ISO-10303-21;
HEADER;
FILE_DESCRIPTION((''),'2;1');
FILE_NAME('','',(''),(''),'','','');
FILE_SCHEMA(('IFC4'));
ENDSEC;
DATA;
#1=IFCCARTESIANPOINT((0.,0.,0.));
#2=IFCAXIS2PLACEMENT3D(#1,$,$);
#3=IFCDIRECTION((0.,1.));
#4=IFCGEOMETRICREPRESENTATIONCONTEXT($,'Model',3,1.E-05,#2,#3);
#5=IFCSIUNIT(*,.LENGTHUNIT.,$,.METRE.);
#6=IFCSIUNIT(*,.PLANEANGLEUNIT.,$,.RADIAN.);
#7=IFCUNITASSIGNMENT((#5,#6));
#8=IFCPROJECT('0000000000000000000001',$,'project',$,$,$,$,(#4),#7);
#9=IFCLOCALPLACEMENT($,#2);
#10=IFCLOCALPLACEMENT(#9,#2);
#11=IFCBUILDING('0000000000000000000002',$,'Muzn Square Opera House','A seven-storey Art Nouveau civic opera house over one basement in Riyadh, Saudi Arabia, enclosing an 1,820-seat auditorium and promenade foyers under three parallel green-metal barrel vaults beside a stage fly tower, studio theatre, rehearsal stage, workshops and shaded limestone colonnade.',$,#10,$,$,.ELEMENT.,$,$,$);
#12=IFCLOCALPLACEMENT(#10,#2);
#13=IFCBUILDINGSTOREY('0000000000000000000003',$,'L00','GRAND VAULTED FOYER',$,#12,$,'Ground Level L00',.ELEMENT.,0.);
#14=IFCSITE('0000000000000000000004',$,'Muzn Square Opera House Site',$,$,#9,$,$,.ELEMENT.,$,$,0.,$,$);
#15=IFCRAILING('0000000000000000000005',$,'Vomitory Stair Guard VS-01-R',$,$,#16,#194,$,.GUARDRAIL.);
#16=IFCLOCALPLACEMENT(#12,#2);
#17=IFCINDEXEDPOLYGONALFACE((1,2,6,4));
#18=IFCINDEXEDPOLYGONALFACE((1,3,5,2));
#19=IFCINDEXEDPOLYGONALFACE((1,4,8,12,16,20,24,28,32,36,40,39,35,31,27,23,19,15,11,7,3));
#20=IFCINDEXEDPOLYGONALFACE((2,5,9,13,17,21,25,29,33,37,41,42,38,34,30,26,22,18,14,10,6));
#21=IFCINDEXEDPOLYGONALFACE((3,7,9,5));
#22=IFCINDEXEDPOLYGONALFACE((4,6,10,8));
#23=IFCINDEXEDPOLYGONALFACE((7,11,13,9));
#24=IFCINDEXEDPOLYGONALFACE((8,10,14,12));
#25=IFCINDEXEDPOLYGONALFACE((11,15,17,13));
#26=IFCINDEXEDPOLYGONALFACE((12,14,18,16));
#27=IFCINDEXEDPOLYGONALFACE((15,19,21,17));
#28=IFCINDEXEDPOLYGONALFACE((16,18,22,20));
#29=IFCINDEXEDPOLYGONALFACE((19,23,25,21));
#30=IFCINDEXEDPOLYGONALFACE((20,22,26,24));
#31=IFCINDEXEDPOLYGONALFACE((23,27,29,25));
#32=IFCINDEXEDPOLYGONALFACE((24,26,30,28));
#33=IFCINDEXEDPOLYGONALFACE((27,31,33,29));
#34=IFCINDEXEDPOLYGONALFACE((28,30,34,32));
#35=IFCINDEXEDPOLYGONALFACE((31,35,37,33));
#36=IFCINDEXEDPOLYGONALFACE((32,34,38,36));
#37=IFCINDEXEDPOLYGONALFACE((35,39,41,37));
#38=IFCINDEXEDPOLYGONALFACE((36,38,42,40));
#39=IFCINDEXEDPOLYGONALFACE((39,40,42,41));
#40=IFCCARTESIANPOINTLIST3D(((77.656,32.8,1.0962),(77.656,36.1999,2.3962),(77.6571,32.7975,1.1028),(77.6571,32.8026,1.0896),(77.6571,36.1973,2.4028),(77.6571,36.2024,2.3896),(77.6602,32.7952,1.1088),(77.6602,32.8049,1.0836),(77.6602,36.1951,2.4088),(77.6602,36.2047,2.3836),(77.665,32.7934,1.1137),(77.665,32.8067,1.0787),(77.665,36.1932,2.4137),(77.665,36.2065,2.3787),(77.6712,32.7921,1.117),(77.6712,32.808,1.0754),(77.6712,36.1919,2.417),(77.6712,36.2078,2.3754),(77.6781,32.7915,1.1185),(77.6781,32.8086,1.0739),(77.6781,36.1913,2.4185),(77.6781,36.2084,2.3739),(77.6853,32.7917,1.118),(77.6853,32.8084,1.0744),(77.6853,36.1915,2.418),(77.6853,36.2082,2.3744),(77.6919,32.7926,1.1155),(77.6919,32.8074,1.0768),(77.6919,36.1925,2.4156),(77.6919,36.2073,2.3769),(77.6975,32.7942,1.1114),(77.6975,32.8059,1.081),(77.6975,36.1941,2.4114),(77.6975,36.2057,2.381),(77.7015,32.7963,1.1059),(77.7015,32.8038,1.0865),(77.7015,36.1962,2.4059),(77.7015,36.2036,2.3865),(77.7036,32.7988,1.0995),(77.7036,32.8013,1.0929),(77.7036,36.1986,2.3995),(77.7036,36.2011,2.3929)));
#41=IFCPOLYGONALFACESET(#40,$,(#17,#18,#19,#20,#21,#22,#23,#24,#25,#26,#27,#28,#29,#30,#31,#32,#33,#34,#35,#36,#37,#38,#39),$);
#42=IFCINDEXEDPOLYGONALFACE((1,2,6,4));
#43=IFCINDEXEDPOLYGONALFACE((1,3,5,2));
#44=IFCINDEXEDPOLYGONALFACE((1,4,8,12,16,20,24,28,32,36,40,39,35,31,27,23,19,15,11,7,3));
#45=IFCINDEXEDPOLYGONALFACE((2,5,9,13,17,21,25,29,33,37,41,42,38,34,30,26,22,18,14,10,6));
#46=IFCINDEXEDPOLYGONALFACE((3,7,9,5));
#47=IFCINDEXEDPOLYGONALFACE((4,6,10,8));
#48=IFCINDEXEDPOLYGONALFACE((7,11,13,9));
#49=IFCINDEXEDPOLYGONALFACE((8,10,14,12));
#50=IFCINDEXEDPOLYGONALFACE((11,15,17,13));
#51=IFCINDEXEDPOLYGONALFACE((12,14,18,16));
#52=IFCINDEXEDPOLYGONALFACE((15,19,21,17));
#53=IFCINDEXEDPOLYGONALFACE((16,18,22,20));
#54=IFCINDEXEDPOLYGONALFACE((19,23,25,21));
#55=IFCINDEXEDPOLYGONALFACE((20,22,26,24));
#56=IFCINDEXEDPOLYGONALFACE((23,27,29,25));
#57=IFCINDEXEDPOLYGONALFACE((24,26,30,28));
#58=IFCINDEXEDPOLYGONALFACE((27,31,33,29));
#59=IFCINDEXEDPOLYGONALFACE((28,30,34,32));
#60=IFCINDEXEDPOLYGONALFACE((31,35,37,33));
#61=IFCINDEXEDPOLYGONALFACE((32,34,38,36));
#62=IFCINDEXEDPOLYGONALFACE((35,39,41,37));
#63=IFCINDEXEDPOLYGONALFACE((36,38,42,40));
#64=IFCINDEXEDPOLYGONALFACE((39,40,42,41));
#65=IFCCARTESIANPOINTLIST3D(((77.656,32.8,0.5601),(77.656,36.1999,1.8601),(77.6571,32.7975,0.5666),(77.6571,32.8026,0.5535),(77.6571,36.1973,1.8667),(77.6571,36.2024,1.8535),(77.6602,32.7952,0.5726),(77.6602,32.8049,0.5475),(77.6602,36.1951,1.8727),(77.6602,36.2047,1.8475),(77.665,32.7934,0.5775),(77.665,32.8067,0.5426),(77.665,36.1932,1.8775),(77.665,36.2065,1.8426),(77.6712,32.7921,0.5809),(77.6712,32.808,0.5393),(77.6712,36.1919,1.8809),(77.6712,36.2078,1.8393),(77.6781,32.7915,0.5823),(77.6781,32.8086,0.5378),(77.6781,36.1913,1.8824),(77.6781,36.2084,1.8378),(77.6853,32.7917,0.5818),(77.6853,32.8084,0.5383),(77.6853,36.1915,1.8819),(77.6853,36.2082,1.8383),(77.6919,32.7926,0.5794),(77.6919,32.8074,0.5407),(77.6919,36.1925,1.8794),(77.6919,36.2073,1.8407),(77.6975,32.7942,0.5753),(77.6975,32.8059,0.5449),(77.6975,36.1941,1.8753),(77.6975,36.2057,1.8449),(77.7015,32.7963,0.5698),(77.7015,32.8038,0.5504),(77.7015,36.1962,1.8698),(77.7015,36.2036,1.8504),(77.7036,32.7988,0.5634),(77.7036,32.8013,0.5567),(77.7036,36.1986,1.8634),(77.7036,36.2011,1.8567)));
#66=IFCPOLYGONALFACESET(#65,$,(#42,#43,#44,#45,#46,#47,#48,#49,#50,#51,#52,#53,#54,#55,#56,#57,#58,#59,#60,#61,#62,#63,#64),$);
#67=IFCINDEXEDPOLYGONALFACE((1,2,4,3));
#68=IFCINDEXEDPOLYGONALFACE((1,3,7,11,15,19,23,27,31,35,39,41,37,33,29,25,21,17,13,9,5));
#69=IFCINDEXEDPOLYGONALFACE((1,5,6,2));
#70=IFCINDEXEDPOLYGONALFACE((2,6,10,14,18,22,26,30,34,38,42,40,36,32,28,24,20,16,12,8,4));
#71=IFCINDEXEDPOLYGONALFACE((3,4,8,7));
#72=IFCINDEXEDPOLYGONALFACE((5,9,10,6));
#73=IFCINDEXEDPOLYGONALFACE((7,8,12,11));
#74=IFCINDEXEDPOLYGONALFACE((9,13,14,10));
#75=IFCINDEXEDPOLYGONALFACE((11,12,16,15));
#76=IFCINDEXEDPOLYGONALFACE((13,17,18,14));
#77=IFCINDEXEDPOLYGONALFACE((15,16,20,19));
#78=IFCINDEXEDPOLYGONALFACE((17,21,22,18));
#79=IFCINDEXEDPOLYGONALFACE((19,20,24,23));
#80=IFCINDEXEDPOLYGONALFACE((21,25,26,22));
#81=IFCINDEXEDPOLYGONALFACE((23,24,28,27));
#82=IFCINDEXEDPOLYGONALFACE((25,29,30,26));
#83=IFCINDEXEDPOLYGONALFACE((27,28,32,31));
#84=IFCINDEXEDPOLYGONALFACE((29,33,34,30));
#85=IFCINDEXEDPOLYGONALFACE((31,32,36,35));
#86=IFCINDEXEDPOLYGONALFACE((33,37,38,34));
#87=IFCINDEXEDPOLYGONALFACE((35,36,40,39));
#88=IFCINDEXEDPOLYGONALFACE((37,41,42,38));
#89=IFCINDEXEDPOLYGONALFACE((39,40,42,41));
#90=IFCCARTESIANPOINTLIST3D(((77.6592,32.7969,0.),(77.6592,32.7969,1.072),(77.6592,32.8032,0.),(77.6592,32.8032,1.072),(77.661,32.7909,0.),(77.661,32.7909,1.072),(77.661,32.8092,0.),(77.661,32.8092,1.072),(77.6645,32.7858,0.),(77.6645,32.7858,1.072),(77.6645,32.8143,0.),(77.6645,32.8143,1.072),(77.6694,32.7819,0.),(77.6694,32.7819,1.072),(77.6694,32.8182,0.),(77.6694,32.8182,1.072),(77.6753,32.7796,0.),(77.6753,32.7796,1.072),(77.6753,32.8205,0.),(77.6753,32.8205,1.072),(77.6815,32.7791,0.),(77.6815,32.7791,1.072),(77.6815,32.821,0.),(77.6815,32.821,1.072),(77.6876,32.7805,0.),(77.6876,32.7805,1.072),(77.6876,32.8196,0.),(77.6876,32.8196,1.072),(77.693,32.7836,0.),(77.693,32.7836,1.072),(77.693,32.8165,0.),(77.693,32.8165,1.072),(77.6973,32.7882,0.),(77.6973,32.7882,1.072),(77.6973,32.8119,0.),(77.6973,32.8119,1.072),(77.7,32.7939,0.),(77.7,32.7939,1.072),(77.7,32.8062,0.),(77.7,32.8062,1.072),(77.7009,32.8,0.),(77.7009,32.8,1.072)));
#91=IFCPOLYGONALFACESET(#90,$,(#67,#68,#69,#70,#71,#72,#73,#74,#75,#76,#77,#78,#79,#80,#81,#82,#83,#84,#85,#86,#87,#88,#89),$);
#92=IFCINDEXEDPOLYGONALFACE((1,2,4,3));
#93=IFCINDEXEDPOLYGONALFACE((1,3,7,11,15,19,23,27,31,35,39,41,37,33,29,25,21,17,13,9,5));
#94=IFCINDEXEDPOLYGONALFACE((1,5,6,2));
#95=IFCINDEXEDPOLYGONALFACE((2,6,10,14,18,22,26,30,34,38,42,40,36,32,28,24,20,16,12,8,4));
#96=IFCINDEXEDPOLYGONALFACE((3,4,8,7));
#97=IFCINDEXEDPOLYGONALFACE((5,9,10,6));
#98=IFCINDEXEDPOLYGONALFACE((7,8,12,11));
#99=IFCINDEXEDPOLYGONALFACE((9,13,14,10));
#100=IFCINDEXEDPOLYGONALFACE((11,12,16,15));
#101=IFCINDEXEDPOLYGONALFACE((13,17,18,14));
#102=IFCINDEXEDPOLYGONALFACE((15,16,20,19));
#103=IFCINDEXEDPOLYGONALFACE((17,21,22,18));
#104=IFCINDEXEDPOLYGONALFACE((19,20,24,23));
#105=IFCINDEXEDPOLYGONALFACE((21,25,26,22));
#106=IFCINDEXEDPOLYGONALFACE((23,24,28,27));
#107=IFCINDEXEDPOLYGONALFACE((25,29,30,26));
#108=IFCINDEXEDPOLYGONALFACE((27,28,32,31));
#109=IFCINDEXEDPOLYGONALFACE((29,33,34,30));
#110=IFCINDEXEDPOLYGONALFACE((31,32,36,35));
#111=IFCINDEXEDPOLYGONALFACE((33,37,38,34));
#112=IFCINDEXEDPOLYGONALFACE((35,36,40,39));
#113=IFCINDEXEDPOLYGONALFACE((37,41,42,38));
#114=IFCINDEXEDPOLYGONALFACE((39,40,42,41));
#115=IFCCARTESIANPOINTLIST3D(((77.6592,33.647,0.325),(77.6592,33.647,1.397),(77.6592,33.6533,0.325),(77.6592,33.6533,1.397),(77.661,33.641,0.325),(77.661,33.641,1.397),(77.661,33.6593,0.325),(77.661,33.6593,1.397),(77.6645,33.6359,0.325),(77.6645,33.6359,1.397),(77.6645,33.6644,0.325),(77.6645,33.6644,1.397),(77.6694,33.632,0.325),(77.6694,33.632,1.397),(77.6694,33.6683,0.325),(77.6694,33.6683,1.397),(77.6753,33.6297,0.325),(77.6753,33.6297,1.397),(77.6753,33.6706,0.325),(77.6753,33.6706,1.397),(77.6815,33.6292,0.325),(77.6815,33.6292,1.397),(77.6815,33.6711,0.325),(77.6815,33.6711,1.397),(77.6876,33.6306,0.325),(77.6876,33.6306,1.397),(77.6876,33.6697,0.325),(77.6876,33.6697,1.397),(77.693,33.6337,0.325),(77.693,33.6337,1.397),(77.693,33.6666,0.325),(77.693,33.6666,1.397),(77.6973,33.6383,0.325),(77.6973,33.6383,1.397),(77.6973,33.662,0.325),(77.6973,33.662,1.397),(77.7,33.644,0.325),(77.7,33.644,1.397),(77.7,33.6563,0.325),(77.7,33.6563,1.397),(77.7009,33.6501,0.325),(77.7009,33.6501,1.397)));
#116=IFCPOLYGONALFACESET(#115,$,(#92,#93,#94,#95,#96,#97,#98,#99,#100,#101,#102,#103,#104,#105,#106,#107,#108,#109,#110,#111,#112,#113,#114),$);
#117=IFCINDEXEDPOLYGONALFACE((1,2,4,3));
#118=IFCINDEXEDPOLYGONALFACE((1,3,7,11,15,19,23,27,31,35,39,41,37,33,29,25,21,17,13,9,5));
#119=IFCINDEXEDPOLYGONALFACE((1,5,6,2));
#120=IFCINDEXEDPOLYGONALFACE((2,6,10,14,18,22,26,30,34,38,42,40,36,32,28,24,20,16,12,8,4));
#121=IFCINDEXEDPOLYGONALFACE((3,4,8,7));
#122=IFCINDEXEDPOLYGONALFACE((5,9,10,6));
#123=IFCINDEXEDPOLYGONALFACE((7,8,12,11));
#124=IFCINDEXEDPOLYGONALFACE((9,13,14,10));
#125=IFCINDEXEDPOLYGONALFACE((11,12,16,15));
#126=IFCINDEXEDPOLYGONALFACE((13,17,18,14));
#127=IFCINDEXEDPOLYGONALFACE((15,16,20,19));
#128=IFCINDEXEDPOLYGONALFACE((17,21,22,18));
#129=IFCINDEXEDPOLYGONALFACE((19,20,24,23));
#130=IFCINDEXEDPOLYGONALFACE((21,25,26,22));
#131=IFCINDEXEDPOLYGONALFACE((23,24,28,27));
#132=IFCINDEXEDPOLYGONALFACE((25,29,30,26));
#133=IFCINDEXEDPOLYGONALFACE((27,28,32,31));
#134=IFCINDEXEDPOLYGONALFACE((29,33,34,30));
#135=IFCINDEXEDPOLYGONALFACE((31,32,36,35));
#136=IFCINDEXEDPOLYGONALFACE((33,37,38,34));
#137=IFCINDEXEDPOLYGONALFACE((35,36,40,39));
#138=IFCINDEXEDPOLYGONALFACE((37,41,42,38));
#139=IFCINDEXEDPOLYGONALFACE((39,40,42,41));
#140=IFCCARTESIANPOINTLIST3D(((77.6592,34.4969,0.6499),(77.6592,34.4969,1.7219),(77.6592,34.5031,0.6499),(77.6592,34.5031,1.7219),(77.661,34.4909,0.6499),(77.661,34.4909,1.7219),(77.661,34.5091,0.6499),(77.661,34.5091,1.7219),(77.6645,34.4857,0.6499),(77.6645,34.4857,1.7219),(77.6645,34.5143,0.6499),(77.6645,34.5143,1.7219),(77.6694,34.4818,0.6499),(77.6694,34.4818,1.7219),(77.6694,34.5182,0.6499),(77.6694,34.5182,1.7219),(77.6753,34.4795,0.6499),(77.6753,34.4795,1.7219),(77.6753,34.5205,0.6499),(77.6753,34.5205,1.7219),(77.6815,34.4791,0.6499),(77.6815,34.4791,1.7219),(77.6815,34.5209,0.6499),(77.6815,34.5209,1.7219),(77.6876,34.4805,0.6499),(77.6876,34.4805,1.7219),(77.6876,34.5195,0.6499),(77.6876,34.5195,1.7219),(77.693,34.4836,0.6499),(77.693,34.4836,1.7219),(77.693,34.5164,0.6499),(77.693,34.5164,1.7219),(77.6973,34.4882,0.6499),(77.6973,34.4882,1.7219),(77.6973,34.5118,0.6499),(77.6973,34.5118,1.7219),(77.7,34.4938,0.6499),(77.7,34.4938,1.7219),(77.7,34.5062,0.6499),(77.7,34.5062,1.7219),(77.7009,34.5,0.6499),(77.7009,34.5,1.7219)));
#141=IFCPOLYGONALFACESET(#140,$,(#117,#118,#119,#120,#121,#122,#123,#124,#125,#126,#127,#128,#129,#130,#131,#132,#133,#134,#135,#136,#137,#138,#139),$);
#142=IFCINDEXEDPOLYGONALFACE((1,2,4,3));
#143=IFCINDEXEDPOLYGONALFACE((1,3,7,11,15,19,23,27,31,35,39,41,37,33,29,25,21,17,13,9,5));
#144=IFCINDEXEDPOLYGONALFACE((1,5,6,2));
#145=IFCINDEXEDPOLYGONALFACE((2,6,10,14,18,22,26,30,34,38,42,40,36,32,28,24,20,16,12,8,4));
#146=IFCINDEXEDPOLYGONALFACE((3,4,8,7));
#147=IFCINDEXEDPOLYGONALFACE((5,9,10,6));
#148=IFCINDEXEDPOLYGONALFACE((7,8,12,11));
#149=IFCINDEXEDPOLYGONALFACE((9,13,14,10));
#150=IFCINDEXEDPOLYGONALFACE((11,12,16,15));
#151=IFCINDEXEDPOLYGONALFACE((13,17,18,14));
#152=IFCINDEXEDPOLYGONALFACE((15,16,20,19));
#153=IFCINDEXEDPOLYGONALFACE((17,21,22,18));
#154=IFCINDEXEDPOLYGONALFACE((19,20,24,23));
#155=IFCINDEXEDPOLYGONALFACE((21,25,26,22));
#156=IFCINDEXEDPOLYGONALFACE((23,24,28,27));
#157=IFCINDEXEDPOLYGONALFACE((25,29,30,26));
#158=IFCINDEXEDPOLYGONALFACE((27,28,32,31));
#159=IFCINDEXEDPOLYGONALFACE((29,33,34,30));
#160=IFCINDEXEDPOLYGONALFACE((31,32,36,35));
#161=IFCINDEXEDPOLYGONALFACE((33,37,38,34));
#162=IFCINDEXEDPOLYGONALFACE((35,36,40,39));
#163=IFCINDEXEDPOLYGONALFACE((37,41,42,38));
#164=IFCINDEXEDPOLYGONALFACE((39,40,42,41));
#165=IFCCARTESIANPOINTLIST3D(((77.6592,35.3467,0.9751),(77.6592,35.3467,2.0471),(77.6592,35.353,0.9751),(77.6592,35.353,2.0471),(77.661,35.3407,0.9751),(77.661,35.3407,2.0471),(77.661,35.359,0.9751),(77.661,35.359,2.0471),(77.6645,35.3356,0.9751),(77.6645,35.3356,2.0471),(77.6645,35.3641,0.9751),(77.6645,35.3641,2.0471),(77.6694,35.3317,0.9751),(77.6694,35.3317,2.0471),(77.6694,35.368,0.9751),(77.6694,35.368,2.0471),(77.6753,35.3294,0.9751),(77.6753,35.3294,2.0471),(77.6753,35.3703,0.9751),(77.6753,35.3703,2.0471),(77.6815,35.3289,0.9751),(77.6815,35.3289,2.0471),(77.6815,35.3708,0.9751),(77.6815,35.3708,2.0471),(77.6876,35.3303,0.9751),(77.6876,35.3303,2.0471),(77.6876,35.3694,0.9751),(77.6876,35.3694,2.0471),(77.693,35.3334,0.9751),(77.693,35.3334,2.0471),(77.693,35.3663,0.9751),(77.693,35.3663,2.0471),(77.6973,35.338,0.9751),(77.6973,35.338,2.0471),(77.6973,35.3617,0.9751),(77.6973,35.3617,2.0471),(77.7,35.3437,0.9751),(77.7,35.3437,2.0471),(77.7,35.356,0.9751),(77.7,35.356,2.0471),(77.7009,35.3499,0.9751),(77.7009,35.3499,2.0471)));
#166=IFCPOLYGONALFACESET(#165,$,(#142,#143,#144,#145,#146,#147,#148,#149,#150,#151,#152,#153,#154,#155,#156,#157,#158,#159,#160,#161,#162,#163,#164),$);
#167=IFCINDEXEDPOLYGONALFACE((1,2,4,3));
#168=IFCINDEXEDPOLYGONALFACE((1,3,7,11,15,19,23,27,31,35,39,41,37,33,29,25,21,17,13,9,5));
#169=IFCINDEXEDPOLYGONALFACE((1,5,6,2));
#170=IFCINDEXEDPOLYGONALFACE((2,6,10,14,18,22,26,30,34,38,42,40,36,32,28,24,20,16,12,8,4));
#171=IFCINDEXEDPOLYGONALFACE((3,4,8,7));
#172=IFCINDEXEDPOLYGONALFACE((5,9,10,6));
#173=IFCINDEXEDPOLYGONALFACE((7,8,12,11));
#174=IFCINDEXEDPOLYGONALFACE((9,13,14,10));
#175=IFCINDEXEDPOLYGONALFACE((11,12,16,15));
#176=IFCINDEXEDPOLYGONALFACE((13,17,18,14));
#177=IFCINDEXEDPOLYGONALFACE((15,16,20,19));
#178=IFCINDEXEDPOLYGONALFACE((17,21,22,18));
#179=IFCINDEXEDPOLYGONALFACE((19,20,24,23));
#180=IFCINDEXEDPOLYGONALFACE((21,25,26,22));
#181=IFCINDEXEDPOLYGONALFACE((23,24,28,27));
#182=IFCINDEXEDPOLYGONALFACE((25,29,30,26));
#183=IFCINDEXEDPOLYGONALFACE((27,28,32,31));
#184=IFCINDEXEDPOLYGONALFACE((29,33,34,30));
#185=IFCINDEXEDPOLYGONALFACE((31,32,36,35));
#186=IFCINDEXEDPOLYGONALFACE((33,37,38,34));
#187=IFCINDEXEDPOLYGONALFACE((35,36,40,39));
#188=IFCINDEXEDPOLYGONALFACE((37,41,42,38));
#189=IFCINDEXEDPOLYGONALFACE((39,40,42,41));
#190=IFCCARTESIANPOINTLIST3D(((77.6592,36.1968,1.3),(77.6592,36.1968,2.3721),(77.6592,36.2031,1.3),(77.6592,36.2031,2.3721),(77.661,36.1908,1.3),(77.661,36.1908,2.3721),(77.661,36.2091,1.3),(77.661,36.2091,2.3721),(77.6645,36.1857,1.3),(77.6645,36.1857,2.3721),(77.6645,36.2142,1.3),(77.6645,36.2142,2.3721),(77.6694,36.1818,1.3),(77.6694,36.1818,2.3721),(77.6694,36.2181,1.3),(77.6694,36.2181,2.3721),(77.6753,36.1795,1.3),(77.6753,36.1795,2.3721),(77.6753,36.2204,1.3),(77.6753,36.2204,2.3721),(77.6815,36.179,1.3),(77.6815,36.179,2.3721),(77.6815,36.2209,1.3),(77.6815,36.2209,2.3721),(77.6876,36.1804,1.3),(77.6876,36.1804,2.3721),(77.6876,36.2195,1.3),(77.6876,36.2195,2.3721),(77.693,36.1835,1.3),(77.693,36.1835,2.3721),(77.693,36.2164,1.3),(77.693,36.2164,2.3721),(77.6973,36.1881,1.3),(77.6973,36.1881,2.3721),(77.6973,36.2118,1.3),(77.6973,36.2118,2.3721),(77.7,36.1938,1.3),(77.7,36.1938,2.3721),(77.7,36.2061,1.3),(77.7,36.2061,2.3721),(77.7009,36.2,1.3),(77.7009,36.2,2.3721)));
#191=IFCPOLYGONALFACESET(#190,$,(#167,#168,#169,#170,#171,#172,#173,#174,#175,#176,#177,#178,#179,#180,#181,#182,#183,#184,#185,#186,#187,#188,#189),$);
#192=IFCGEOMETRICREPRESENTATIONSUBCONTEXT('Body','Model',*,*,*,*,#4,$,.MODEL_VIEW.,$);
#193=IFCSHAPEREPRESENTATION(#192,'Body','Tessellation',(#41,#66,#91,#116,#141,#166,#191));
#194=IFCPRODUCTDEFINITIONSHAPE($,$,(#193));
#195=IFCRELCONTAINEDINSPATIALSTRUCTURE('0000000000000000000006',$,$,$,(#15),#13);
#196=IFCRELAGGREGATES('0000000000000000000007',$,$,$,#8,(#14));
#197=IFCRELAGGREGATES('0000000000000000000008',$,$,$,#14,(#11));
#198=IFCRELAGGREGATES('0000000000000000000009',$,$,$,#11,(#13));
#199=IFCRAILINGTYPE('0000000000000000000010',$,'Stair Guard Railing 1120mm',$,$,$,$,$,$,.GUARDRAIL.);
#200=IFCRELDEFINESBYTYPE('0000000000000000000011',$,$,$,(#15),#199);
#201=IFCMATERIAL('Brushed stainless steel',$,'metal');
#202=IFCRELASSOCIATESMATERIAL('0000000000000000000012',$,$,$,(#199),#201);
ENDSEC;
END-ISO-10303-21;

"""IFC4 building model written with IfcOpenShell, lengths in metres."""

from ifc_helpers import new_model, si_unit, direction, frame, origin, origin_2d, place, context, subcontext, project, spatial, circle, extrude, material, type_object, element, save


model = new_model("IFC4")

# Units and contexts
model_context = context("Model", 3, precision=1e-05, world=origin(), true_north=direction((0.0, 1.0)))
body_context = subcontext(model_context, "Body", "Model", "MODEL_VIEW")
ifc_project = project(units=[si_unit("LENGTHUNIT", "METRE"), si_unit("PLANEANGLEUNIT", "RADIAN")], contexts=[model_context])

# Site, building, storey
site_placement = place(None, origin())
site = spatial("IfcSite", under=ifc_project, at=site_placement, Name="Muzn Square Opera House Site", CompositionType="ELEMENT", RefElevation=0.0)
building_placement = place(site_placement, origin())
building = spatial("IfcBuilding", under=site, at=building_placement, Name="Muzn Square Opera House", Description="A seven-storey Art Nouveau civic opera house over one basement in Riyadh, Saudi Arabia, enclosing an 1,820-seat auditorium and promenade foyers under three parallel green-metal barrel vaults beside a stage fly tower, studio theatre, rehearsal stage, workshops and shaded limestone colonnade.", CompositionType="ELEMENT")
storey_placement = place(building_placement, origin())
storey = spatial("IfcBuildingStorey", under=building, at=storey_placement, Name="L00", Description="GRAND VAULTED FOYER", LongName="Ground Level L00", CompositionType="ELEMENT", Elevation=0.0)

# Railing
ifc_material_1 = material(Name="Brushed stainless steel", Category="metal")
railing_type_1 = type_object("IfcRailingType", Name="Stair Guard Railing 1120mm", PredefinedType="GUARDRAIL", material=ifc_material_1)
for number, where, name in (
    (1, (77.6799, 32.8, 0.0), "Vomitory Stair Guard VS-01-R"),
):
    element("IfcRailing", number, at=place(storey_placement, frame(where)), inside=storey, type_object=railing_type_1, Name=name, PredefinedType="GUARDRAIL", context=body_context, shape_type="SweptSolid", body=[
        extrude(circle(Radius=0.0239, at=origin_2d()), frame((0.0, 0.0, 1.0962), z_axis=(0.0, 0.934044, 0.357158), x_axis=(-1.0, 0.0, 0.0)), (0.0, 0.0, 1.0), 3.6399),
        extrude(circle(Radius=0.0239, at=origin_2d()), frame((0.0, 0.0, 0.5601), z_axis=(0.0, 0.934044, 0.357158), x_axis=(-1.0, 0.0, 0.0)), (0.0, 0.0, 1.0), 3.6399),
        extrude(circle(Radius=0.021, at=origin_2d()), origin(), (0.0, 0.0, 1.0), 1.072),
        extrude(circle(Radius=0.021, at=origin_2d()), frame((0.0, 0.8501, 0.325)), (0.0, 0.0, 1.0), 1.072),
        extrude(circle(Radius=0.021, at=origin_2d()), frame((0.0, 1.7, 0.6499)), (0.0, 0.0, 1.0), 1.072),
        extrude(circle(Radius=0.021, at=origin_2d()), frame((0.0, 2.5498, 0.9751)), (0.0, 0.0, 1.0), 1.072),
        extrude(circle(Radius=0.021, at=origin_2d()), frame((0.0, 3.3999, 1.3)), (0.0, 0.0, 1.0), 1.072),
    ])

save(model, "model.ifc")
